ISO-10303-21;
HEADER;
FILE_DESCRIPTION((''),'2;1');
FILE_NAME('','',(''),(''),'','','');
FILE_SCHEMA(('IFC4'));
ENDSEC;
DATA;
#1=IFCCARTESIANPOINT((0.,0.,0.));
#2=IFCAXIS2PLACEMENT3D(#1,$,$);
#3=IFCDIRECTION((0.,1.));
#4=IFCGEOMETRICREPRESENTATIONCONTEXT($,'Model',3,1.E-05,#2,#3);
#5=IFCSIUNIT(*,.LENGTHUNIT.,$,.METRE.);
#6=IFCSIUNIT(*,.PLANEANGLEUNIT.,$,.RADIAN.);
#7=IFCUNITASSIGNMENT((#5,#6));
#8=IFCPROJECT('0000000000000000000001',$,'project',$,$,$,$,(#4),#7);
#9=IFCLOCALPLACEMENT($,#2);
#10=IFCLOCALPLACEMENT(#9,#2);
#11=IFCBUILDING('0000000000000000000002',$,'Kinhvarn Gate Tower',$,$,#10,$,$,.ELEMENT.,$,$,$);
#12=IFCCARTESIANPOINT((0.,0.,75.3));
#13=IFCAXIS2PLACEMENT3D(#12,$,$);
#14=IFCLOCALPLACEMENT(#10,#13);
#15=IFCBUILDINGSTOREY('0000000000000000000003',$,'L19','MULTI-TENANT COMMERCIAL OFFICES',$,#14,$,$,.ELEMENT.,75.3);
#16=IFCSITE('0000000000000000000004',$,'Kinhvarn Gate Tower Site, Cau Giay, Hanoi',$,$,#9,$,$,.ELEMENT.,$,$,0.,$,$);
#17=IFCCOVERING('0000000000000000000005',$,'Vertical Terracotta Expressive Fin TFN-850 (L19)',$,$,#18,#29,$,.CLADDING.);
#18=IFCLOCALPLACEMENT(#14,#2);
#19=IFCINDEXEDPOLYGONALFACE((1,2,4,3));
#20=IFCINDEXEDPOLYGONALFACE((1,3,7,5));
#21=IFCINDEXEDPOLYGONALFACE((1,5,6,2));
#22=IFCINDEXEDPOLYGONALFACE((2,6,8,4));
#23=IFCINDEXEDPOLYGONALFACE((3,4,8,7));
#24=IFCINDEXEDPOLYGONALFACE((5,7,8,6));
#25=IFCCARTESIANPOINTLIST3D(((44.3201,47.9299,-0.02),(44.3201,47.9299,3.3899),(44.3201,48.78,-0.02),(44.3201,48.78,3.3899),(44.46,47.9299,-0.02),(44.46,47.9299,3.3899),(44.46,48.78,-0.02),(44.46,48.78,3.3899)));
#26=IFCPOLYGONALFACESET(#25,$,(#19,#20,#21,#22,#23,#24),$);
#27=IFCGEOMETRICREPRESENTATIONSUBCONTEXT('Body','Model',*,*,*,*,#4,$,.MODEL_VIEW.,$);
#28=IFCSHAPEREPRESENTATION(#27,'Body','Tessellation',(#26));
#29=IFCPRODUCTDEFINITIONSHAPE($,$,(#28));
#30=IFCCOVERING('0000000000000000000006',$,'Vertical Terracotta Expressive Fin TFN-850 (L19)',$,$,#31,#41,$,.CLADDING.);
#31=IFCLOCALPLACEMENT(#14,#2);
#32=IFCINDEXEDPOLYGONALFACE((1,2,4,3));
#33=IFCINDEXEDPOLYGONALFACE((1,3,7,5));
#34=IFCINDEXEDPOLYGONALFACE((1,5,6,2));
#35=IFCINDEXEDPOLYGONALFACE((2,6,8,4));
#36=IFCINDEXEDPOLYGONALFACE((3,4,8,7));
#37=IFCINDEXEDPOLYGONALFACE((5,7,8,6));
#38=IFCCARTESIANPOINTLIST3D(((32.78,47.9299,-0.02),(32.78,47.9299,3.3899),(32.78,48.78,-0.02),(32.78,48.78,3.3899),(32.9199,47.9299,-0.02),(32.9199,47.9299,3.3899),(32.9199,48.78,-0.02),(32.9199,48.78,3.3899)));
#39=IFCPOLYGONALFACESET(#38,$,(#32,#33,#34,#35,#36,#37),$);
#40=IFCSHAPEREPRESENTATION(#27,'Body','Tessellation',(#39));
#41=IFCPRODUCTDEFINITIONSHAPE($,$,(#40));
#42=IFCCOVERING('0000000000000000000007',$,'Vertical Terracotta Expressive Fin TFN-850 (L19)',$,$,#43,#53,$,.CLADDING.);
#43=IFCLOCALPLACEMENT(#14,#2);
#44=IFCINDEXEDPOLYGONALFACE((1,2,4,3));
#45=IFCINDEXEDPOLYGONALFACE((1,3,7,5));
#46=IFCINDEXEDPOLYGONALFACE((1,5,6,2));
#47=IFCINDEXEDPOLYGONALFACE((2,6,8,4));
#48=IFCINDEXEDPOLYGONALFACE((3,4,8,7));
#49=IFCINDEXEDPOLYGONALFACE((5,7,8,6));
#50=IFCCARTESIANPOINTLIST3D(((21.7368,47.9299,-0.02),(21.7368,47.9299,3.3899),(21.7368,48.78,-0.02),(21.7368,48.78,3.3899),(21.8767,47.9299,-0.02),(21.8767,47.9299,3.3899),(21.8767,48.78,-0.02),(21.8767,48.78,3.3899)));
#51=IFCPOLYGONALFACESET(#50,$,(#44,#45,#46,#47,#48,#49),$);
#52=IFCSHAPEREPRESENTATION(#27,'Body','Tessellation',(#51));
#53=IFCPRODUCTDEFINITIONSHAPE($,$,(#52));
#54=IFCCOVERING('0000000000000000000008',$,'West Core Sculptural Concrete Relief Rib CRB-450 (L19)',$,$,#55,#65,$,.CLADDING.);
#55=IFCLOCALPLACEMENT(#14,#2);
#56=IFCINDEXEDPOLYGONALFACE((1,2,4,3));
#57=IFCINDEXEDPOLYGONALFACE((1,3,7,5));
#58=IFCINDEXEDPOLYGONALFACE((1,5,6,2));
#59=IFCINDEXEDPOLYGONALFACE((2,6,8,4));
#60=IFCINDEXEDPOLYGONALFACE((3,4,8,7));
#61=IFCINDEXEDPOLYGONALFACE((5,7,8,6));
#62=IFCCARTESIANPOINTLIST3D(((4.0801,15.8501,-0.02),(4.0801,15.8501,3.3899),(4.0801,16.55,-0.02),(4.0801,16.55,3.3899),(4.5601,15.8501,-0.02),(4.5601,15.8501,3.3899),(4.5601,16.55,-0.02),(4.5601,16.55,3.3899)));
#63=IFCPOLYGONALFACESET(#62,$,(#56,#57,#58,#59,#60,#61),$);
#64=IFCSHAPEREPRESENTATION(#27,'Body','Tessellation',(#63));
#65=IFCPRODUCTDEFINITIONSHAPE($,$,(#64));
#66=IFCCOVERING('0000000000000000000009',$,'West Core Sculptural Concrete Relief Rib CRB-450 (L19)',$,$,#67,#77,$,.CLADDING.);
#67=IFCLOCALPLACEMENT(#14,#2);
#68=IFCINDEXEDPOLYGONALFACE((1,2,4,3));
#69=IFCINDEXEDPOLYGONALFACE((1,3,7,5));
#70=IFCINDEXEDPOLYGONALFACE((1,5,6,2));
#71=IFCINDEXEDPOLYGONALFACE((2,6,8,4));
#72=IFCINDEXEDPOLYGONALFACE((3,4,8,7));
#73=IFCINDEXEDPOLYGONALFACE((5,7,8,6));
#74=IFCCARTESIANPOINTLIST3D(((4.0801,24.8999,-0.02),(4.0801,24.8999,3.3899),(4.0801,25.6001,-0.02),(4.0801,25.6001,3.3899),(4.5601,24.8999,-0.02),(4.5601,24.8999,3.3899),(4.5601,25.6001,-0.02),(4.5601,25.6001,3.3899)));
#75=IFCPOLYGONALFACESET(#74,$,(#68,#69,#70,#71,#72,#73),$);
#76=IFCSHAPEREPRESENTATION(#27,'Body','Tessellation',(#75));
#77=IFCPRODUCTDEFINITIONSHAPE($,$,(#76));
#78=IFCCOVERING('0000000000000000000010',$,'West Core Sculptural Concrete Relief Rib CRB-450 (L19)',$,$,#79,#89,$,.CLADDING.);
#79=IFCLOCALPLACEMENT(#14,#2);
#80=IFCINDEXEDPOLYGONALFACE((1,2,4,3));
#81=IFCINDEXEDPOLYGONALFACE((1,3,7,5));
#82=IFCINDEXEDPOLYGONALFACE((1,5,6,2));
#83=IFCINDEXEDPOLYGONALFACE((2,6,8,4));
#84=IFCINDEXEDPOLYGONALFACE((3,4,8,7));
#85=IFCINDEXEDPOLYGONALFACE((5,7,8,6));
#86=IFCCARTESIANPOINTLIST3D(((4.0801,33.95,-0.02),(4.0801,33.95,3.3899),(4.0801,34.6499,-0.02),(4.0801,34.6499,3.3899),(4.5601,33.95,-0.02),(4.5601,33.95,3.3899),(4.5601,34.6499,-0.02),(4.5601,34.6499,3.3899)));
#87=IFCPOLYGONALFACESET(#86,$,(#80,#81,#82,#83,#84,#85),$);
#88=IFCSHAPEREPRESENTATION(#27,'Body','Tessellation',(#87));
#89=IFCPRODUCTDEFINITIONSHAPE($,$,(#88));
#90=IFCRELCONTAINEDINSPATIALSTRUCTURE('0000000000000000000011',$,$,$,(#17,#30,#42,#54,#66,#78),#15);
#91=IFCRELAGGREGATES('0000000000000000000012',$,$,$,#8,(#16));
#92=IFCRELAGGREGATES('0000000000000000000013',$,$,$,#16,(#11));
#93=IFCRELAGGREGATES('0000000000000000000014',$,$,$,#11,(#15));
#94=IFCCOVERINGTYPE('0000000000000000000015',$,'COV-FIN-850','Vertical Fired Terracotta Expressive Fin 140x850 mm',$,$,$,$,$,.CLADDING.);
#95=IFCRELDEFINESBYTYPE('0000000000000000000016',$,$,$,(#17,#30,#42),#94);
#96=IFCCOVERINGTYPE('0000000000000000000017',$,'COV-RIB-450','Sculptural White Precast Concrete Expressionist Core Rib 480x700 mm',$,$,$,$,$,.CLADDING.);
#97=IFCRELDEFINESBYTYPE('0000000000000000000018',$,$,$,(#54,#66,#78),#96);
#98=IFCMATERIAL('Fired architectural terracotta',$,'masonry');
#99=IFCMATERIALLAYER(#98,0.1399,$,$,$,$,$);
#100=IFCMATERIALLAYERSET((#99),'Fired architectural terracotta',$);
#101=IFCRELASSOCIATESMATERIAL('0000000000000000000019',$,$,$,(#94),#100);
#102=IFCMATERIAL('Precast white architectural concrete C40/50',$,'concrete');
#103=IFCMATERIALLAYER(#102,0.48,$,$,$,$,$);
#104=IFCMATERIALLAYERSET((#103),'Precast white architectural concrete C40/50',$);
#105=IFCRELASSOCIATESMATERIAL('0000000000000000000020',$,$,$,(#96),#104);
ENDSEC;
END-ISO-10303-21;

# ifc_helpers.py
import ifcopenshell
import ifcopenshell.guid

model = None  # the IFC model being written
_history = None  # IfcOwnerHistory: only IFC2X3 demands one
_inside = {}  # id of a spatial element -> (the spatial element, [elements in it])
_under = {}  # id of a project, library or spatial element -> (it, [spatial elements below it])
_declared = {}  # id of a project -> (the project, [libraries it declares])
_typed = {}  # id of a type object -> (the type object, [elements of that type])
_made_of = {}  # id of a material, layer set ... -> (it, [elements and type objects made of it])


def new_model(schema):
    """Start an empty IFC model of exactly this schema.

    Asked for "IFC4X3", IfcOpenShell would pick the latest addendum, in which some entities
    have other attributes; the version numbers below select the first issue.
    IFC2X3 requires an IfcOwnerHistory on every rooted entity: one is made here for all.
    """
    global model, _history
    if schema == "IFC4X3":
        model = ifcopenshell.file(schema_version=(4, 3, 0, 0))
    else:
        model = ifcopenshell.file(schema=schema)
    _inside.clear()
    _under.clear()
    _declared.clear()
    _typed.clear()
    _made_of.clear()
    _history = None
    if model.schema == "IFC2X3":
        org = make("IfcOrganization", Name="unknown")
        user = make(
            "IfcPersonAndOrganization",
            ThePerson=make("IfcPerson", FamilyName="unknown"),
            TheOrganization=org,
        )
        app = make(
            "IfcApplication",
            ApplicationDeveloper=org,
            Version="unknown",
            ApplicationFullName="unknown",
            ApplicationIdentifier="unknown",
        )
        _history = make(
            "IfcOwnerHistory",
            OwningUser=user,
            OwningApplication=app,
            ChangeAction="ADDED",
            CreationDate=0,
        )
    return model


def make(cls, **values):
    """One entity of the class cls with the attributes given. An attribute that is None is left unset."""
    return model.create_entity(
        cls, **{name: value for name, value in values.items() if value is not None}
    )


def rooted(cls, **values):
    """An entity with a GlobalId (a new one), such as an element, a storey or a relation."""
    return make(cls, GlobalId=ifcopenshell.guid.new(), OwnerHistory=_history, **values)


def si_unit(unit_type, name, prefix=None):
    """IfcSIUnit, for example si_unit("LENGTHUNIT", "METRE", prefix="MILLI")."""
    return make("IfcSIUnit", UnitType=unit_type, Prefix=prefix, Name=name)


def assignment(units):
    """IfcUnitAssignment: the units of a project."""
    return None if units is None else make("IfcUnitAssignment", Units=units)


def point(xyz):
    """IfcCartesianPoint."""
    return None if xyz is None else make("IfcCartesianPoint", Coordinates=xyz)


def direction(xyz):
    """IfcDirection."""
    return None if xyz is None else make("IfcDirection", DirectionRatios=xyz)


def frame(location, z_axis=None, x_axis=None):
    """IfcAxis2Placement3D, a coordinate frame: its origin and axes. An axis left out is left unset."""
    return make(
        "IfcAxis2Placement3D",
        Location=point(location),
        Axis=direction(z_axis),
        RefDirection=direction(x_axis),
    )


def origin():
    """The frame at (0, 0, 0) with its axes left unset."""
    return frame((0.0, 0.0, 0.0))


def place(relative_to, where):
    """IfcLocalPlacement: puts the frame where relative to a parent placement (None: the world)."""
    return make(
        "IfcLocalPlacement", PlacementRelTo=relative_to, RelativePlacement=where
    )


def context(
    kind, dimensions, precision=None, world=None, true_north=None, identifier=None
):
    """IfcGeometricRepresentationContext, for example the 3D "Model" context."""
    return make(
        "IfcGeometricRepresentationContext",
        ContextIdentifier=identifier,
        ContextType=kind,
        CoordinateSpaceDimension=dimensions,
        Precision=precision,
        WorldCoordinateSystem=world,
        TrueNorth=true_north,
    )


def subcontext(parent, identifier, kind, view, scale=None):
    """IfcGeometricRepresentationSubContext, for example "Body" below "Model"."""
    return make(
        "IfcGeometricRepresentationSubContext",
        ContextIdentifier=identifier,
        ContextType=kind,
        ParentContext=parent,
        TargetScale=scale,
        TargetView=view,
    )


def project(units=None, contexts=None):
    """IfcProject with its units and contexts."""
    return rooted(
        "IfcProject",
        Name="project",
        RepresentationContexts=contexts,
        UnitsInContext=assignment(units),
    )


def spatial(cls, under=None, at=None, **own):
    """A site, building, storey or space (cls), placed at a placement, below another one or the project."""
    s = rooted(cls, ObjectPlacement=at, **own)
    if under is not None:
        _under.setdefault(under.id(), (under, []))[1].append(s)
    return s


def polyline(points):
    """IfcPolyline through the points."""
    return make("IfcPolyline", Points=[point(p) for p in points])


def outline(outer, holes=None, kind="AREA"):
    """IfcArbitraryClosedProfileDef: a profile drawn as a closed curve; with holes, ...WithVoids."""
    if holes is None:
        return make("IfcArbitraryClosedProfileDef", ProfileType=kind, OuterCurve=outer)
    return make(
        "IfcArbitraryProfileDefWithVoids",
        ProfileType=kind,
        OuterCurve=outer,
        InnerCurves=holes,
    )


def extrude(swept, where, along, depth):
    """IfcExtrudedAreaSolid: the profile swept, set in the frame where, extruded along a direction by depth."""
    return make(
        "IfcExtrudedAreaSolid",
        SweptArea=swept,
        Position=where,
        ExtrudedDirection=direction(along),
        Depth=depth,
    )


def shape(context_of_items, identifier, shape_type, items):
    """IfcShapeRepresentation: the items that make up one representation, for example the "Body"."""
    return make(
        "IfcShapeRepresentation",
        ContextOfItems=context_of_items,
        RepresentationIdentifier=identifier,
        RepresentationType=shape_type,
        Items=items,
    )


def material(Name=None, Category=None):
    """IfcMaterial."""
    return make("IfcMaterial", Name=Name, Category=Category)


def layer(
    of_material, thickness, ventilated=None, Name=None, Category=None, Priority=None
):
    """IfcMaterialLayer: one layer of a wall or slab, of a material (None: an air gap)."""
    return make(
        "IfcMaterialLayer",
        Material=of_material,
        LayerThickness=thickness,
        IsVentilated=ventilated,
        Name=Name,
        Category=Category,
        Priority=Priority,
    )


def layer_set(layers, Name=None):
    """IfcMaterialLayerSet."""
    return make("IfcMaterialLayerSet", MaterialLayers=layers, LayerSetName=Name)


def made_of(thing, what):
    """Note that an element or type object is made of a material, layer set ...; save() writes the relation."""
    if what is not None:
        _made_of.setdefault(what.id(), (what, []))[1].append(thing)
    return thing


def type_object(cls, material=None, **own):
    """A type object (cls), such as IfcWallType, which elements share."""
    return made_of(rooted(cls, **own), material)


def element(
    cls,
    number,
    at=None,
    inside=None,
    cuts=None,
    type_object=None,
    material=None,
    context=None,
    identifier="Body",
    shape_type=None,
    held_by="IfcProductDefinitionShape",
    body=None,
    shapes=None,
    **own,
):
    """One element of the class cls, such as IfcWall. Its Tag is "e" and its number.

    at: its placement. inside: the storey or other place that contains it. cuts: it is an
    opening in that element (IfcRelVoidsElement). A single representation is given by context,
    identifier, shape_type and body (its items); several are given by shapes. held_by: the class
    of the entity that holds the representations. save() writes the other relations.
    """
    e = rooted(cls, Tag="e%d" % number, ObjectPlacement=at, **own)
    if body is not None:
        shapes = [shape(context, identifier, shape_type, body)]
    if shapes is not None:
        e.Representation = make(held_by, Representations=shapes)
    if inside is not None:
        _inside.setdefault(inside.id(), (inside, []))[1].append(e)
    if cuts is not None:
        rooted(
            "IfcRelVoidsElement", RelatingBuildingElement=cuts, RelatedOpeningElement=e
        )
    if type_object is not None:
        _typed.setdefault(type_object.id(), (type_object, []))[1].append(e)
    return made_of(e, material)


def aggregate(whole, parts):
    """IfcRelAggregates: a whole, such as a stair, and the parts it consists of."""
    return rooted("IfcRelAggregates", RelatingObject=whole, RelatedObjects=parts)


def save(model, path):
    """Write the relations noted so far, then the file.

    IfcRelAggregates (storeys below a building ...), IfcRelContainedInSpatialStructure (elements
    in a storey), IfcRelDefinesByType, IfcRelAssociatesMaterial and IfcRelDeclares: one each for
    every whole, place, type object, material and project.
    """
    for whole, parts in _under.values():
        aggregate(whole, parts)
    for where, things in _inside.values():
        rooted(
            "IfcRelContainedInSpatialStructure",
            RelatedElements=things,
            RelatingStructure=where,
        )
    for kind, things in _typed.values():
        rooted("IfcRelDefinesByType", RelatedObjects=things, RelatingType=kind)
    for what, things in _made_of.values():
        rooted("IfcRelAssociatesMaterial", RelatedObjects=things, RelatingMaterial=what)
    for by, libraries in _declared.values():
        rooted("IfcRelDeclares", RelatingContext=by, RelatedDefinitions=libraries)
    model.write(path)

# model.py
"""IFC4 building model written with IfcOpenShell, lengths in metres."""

from ifc_helpers import new_model, si_unit, direction, frame, origin, place, context, subcontext, project, spatial, polyline, outline, extrude, material, layer, layer_set, type_object, element, save


model = new_model("IFC4")

# Units and contexts
model_context = context("Model", 3, precision=1e-05, world=origin(), true_north=direction((0.0, 1.0)))
body_context = subcontext(model_context, "Body", "Model", "MODEL_VIEW")
ifc_project = project(units=[si_unit("LENGTHUNIT", "METRE"), si_unit("PLANEANGLEUNIT", "RADIAN")], contexts=[model_context])

# Site, building, storey
site_placement = place(None, origin())
site = spatial("IfcSite", under=ifc_project, at=site_placement, Name="Kinhvarn Gate Tower Site, Cau Giay, Hanoi", CompositionType="ELEMENT", RefElevation=0.0)
building_placement = place(site_placement, origin())
building = spatial("IfcBuilding", under=site, at=building_placement, Name="Kinhvarn Gate Tower", CompositionType="ELEMENT")
storey_placement = place(building_placement, frame((0.0, 0.0, 75.3)))
storey = spatial("IfcBuildingStorey", under=building, at=storey_placement, Name="L19", Description="MULTI-TENANT COMMERCIAL OFFICES", CompositionType="ELEMENT", Elevation=75.3)

# Shared definitions
ifc_material_1 = material(Name="Precast white architectural concrete C40/50", Category="concrete")

# Coverings
ifc_material_2 = material(Name="Fired architectural terracotta", Category="masonry")
ifc_layer_1 = layer(ifc_material_2, 0.1399)
ifc_layer_set_1 = layer_set([ifc_layer_1], Name="Fired architectural terracotta")
covering_type_1 = type_object("IfcCoveringType", Name="COV-FIN-850", Description="Vertical Fired Terracotta Expressive Fin 140x850 mm", PredefinedType="CLADDING", material=ifc_layer_set_1)
covering_1_placement = place(storey_placement, frame((0.0, 0.0, -0.02)))
element("IfcCovering", 1, at=covering_1_placement, inside=storey, type_object=covering_type_1, Name="Vertical Terracotta Expressive Fin TFN-850 (L19)", PredefinedType="CLADDING", context=body_context, shape_type="SweptSolid", body=[
    extrude(outline(polyline([(44.46, 47.9299), (44.3201, 47.9299), (44.3201, 48.78), (44.46, 48.78), (44.46, 47.9299)])), origin(), (0.0, 0.0, 1.0), 3.4099),
])
covering_2_placement = place(storey_placement, frame((0.0, 0.0, -0.02)))
element("IfcCovering", 2, at=covering_2_placement, inside=storey, type_object=covering_type_1, Name="Vertical Terracotta Expressive Fin TFN-850 (L19)", PredefinedType="CLADDING", context=body_context, shape_type="SweptSolid", body=[
    extrude(outline(polyline([(32.9199, 47.9299), (32.78, 47.9299), (32.78, 48.78), (32.9199, 48.78), (32.9199, 47.9299)])), origin(), (0.0, 0.0, 1.0), 3.4099),
])
covering_3_placement = place(storey_placement, frame((0.0, 0.0, -0.02)))
element("IfcCovering", 3, at=covering_3_placement, inside=storey, type_object=covering_type_1, Name="Vertical Terracotta Expressive Fin TFN-850 (L19)", PredefinedType="CLADDING", context=body_context, shape_type="SweptSolid", body=[
    extrude(outline(polyline([(21.8767, 47.9299), (21.7368, 47.9299), (21.7368, 48.78), (21.8767, 48.78), (21.8767, 47.9299)])), origin(), (0.0, 0.0, 1.0), 3.4099),
])
ifc_layer_2 = layer(ifc_material_1, 0.48)
ifc_layer_set_2 = layer_set([ifc_layer_2], Name="Precast white architectural concrete C40/50")
covering_type_2 = type_object("IfcCoveringType", Name="COV-RIB-450", Description="Sculptural White Precast Concrete Expressionist Core Rib 480x700 mm", PredefinedType="CLADDING", material=ifc_layer_set_2)
covering_4_placement = place(storey_placement, frame((0.0, 0.0, -0.02)))
element("IfcCovering", 4, at=covering_4_placement, inside=storey, type_object=covering_type_2, Name="West Core Sculptural Concrete Relief Rib CRB-450 (L19)", PredefinedType="CLADDING", context=body_context, shape_type="SweptSolid", body=[
    extrude(outline(polyline([(4.0801, 15.8501), (4.5601, 15.8501), (4.5601, 16.55), (4.0801, 16.55), (4.0801, 15.8501)])), origin(), (0.0, 0.0, 1.0), 3.4099),
])
covering_5_placement = place(storey_placement, frame((0.0, 0.0, -0.02)))
element("IfcCovering", 5, at=covering_5_placement, inside=storey, type_object=covering_type_2, Name="West Core Sculptural Concrete Relief Rib CRB-450 (L19)", PredefinedType="CLADDING", context=body_context, shape_type="SweptSolid", body=[
    extrude(outline(polyline([(4.0801, 24.8999), (4.5601, 24.8999), (4.5601, 25.6001), (4.0801, 25.6001), (4.0801, 24.8999)])), origin(), (0.0, 0.0, 1.0), 3.4099),
])
covering_6_placement = place(storey_placement, frame((0.0, 0.0, -0.02)))
element("IfcCovering", 6, at=covering_6_placement, inside=storey, type_object=covering_type_2, Name="West Core Sculptural Concrete Relief Rib CRB-450 (L19)", PredefinedType="CLADDING", context=body_context, shape_type="SweptSolid", body=[
    extrude(outline(polyline([(4.0801, 33.95), (4.5601, 33.95), (4.5601, 34.6499), (4.0801, 34.6499), (4.0801, 33.95)])), origin(), (0.0, 0.0, 1.0), 3.4099),
])

save(model, "model.ifc")
